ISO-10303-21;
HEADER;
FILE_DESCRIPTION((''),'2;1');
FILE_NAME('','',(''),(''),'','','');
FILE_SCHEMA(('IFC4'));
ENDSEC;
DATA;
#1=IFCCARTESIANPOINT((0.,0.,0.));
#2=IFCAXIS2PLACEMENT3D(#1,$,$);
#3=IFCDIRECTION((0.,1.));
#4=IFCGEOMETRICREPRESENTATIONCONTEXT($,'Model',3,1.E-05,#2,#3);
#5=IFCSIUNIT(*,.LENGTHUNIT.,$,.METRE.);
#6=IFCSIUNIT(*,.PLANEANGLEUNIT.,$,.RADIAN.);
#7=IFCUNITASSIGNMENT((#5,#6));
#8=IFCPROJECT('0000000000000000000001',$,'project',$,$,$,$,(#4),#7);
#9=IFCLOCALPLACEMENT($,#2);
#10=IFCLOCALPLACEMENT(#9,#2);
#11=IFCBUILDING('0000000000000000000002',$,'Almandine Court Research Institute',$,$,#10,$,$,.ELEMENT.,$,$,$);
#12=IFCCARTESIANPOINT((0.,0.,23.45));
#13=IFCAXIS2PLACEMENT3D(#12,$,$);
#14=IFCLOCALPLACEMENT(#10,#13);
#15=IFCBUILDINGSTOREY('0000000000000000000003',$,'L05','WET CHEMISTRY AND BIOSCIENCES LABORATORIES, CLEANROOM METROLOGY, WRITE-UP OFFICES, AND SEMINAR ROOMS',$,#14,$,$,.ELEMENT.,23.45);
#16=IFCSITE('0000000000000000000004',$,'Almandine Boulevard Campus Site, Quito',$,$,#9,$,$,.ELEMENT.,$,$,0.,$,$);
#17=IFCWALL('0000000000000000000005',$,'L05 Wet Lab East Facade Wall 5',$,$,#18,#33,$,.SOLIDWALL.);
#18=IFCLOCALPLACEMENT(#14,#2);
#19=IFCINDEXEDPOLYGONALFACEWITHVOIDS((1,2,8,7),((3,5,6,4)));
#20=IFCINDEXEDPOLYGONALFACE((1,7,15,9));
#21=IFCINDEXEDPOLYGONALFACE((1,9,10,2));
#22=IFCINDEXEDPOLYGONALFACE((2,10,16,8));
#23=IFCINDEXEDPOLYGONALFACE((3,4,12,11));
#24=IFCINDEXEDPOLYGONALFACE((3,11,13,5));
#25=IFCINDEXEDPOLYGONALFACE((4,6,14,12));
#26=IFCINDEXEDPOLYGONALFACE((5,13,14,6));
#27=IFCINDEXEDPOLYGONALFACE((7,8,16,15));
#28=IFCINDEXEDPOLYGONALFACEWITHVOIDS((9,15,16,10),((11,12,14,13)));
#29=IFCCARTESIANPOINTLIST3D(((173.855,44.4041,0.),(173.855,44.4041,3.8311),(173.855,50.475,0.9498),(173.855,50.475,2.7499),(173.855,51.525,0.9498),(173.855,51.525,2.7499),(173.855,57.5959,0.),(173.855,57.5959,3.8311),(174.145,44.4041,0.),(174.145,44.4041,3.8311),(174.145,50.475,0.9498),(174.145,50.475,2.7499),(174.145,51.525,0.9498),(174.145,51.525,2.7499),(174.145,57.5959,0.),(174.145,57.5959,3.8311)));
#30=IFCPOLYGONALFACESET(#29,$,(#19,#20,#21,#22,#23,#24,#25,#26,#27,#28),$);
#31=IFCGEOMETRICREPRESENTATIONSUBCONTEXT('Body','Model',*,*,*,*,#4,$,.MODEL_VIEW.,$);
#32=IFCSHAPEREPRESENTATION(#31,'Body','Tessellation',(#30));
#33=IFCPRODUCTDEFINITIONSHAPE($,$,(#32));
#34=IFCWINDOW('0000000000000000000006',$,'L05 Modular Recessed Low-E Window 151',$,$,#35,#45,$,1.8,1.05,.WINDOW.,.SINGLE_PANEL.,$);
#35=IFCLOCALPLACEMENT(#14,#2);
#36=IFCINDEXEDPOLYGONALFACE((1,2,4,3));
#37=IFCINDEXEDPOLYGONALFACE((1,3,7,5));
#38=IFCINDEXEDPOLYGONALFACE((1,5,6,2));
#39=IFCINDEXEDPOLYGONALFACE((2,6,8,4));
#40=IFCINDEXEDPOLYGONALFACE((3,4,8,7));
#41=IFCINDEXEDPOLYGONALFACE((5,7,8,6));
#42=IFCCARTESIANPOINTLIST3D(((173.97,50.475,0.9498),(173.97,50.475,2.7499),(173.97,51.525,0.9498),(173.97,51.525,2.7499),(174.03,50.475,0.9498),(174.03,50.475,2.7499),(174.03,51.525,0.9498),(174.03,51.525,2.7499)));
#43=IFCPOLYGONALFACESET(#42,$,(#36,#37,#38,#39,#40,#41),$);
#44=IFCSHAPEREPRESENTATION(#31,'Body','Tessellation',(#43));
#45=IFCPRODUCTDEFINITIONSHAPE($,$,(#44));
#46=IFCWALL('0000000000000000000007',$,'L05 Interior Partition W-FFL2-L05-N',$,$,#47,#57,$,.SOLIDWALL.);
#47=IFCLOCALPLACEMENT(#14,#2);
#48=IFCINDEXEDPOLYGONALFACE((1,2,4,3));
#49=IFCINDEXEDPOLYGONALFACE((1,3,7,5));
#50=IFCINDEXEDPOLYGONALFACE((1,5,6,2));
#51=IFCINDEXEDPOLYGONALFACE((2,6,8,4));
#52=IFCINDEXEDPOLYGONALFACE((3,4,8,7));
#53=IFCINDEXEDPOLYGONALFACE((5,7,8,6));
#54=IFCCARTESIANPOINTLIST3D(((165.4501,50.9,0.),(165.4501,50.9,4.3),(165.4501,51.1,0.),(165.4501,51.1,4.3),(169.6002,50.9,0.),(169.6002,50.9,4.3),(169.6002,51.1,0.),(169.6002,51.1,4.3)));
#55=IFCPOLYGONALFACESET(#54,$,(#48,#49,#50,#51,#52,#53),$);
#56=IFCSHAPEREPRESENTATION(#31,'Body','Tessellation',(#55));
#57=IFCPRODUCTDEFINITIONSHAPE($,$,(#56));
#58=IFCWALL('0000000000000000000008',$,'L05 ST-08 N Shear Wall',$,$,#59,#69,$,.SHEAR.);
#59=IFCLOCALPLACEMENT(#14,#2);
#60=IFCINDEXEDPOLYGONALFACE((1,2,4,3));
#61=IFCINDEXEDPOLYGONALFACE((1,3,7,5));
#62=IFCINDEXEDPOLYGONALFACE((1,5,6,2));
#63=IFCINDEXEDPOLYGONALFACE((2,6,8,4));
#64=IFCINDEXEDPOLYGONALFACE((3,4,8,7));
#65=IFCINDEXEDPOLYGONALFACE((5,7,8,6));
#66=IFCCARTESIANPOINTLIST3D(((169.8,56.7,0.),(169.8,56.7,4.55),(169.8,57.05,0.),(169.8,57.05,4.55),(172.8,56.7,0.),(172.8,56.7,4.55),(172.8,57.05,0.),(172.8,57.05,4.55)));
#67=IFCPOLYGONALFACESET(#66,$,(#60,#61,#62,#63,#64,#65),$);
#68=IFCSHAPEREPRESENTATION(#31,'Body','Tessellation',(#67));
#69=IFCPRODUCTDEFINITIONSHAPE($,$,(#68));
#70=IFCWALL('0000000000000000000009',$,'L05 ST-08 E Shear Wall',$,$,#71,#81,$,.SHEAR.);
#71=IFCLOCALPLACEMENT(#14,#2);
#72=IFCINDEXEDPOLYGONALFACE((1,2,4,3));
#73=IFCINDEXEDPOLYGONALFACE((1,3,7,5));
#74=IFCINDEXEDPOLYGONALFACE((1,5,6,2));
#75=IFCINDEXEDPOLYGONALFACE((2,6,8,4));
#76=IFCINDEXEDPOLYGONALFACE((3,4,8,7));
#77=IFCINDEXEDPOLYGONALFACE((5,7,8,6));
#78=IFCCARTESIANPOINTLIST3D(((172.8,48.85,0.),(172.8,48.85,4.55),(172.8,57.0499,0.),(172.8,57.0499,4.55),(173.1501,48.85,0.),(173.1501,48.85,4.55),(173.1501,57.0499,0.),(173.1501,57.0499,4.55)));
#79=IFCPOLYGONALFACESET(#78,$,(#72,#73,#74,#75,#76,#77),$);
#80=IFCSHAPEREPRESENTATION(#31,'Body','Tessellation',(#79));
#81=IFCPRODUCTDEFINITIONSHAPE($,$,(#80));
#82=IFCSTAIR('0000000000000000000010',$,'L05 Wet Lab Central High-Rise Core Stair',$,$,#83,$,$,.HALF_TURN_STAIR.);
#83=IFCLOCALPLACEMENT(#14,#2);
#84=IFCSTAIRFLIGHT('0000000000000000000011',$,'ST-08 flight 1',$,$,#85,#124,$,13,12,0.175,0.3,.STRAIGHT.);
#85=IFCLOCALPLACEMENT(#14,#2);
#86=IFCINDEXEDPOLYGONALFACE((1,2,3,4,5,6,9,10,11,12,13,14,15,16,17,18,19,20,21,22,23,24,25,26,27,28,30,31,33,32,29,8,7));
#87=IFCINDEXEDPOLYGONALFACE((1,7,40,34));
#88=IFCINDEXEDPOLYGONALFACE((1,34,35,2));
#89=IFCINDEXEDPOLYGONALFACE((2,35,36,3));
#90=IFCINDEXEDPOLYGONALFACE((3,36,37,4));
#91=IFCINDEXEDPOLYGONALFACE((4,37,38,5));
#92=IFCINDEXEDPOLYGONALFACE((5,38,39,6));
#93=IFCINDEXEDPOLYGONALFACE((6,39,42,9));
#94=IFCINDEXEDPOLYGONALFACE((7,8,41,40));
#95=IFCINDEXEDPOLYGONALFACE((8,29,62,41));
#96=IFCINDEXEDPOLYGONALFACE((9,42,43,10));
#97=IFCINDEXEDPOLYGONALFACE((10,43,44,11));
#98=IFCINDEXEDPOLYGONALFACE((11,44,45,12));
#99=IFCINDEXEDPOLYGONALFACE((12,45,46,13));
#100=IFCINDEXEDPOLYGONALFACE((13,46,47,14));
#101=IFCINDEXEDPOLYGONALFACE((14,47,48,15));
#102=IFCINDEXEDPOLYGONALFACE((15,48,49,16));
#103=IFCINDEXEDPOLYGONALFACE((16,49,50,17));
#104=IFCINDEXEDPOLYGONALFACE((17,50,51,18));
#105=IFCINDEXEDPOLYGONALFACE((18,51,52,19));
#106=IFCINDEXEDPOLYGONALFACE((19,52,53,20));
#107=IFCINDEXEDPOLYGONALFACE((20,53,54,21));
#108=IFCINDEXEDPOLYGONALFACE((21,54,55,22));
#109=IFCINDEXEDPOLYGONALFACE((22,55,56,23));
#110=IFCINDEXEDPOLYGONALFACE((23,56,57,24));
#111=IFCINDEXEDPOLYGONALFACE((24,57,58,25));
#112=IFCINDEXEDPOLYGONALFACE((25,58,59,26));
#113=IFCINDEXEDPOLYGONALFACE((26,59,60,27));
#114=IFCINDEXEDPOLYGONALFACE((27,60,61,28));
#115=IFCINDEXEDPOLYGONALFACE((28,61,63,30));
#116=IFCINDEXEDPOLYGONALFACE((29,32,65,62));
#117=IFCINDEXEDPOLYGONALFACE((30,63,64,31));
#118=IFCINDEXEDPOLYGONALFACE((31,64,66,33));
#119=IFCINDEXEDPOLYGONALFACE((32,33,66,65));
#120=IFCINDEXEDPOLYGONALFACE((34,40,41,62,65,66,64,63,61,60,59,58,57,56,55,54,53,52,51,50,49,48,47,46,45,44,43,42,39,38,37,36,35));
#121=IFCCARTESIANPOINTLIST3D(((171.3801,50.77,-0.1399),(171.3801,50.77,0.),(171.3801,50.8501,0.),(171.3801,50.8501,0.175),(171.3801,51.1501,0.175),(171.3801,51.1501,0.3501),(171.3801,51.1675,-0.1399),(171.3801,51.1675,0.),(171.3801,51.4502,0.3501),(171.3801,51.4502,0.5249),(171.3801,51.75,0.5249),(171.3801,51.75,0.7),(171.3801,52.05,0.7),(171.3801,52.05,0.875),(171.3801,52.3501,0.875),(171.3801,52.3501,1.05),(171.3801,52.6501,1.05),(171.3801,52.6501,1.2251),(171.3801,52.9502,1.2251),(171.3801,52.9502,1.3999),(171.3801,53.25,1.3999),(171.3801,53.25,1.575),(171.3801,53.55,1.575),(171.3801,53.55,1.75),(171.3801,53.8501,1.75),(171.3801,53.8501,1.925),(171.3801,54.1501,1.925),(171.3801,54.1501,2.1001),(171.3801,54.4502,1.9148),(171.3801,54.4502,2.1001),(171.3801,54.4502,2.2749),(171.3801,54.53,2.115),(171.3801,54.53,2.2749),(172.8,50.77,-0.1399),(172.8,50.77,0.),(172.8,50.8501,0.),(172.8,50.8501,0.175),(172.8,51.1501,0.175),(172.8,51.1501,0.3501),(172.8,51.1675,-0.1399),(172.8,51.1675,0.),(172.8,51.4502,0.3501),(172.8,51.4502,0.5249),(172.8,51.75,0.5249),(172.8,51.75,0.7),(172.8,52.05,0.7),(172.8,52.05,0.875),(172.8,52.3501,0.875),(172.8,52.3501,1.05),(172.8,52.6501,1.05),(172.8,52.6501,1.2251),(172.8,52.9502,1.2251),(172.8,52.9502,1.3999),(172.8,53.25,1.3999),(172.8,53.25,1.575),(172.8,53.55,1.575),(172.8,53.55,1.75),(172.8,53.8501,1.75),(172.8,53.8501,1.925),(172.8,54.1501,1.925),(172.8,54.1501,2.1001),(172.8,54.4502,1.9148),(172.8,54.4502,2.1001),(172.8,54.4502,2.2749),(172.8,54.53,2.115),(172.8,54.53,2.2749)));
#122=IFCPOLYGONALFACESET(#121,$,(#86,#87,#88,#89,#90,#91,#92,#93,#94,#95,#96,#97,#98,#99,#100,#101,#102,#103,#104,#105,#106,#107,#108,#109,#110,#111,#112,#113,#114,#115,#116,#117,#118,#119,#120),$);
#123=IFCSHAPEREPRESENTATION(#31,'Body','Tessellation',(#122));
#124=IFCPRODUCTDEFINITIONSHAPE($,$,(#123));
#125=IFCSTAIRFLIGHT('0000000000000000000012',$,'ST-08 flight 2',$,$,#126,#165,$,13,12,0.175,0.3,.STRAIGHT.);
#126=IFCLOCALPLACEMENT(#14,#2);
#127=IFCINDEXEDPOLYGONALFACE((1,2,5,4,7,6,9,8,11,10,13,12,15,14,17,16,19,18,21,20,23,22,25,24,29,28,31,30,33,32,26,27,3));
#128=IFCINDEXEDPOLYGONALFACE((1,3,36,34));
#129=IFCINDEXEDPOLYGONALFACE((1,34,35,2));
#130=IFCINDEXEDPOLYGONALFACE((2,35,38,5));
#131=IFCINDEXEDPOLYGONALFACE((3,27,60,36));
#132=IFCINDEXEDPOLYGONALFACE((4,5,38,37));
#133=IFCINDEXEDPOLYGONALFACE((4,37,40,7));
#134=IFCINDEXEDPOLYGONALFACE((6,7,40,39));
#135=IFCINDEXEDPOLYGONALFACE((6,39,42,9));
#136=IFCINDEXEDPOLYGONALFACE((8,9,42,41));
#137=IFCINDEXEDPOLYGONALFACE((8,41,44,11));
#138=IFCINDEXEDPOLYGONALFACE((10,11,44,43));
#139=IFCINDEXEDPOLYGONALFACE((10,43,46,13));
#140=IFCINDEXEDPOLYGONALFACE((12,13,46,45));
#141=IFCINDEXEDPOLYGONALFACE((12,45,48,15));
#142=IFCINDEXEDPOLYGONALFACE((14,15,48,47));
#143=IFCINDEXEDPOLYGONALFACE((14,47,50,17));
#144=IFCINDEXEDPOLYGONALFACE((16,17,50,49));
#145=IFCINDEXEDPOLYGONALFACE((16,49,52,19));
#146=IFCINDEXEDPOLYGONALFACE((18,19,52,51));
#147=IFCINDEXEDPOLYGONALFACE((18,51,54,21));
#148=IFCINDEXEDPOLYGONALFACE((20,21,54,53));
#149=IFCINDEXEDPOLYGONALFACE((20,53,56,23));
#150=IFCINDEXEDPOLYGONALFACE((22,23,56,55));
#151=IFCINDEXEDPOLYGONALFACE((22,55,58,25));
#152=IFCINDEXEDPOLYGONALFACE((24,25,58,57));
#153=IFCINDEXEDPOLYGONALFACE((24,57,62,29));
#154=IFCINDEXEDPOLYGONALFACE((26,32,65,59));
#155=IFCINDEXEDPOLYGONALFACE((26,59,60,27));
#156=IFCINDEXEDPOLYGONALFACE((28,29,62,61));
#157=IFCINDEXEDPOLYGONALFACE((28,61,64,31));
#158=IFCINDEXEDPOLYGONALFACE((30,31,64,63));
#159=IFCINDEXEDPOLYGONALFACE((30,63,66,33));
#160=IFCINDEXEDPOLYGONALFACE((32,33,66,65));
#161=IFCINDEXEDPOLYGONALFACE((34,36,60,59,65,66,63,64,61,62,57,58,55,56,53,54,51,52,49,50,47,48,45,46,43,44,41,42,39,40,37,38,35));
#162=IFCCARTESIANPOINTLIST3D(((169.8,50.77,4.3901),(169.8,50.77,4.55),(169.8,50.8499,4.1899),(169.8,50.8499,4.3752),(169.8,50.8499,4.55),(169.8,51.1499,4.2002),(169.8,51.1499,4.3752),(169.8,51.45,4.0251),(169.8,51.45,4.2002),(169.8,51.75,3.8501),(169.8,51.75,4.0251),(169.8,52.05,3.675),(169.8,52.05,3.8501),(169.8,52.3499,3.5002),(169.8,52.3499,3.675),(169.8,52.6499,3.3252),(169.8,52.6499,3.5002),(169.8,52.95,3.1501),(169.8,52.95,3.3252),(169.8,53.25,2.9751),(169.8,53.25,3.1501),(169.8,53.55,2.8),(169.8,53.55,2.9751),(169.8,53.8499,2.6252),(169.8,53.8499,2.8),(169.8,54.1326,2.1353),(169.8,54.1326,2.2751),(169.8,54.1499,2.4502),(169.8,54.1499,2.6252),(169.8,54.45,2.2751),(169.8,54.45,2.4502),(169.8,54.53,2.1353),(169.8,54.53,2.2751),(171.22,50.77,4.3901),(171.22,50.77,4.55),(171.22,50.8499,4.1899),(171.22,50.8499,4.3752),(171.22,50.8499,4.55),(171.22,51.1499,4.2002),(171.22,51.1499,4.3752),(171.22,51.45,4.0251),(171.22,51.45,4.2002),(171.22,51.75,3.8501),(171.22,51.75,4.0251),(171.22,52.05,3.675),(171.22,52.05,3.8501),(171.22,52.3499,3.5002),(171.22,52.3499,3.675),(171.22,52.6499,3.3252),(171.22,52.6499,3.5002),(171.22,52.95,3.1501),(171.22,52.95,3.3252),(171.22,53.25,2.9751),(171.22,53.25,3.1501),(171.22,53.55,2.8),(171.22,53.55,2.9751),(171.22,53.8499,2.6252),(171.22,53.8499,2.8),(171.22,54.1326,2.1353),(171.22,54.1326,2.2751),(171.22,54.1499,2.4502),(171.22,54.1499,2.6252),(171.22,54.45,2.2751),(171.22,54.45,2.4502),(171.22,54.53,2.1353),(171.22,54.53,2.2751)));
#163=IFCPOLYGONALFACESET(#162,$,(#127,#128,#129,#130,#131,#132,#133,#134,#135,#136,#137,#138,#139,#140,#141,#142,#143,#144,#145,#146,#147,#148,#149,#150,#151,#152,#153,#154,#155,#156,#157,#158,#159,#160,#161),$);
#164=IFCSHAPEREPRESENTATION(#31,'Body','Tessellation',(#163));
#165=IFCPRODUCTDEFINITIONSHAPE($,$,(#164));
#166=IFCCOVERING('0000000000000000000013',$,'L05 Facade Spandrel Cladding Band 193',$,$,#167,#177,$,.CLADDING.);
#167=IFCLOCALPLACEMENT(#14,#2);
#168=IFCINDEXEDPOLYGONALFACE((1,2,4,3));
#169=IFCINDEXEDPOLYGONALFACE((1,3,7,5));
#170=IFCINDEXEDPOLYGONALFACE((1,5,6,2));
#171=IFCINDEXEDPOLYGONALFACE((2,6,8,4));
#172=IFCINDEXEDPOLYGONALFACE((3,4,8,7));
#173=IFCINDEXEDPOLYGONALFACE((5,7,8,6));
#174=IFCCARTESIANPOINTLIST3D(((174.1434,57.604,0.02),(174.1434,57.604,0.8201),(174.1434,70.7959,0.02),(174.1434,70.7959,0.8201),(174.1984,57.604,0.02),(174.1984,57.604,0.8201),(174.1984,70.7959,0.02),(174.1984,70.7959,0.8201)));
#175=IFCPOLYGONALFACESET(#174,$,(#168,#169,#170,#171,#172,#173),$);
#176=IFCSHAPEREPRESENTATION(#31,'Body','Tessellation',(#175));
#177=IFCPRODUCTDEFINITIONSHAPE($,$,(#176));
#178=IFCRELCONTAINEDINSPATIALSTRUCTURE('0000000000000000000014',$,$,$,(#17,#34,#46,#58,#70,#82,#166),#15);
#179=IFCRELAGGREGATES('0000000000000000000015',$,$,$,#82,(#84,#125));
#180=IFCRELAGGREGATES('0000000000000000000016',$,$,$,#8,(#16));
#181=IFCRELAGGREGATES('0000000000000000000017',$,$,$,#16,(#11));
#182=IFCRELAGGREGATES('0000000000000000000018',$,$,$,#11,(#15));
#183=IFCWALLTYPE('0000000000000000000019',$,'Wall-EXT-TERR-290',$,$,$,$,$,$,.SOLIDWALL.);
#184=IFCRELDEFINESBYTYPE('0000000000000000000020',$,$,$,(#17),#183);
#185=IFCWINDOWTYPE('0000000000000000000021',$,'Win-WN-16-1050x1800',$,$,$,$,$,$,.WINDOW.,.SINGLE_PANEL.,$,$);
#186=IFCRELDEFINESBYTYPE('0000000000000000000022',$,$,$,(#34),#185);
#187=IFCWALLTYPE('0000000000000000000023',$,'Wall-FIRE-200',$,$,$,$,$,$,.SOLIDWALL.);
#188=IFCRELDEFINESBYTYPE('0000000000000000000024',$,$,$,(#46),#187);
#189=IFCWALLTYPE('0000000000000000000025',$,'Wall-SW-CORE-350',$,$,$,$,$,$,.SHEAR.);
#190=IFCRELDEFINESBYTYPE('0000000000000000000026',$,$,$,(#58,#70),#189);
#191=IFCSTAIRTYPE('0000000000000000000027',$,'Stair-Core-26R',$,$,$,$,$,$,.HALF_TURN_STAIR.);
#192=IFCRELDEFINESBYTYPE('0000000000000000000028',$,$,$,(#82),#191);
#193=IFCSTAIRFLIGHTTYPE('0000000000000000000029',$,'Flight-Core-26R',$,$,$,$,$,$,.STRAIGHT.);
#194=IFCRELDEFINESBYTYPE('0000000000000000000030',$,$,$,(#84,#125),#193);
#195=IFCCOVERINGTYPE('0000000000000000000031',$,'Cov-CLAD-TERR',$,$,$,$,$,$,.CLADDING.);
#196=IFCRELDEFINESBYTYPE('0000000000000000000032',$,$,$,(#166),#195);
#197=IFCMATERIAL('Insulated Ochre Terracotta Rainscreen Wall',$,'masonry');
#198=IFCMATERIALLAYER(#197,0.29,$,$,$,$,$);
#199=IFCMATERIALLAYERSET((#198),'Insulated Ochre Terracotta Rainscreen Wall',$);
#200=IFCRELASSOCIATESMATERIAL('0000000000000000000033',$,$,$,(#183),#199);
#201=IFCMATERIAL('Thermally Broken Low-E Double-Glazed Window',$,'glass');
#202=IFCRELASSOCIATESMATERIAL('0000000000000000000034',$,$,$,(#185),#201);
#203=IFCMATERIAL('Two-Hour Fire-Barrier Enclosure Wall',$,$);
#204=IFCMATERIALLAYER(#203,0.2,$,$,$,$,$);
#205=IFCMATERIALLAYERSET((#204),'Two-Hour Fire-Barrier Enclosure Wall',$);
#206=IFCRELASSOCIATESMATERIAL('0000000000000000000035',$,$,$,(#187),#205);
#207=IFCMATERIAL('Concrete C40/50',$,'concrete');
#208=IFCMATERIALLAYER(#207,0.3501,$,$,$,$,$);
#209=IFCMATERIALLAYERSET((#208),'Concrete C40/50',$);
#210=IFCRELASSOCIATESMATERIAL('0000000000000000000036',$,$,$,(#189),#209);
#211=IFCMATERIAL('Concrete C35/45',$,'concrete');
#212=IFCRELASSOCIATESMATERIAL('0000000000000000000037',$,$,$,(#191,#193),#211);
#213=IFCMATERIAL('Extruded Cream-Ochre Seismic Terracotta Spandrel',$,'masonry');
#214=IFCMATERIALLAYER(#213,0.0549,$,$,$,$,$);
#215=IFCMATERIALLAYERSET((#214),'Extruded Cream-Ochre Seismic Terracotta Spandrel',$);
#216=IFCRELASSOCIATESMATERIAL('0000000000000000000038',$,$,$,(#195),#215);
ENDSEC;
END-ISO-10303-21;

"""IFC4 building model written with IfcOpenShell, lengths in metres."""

from ifc_helpers import new_model, si_unit, direction, frame, frame_2d, origin, origin_2d, place, context, subcontext, project, spatial, polyline, rectangle, outline, extrude, material, layer, layer_set, type_object, element, fill, aggregate, save


model = new_model("IFC4")

# Units and contexts
model_context = context("Model", 3, precision=1e-05, world=origin(), true_north=direction((0.0, 1.0)))
body_context = subcontext(model_context, "Body", "Model", "MODEL_VIEW")
ifc_project = project(units=[si_unit("LENGTHUNIT", "METRE"), si_unit("PLANEANGLEUNIT", "RADIAN")], contexts=[model_context])

# Site, building, storey
site_placement = place(None, origin())
site = spatial("IfcSite", under=ifc_project, at=site_placement, Name="Almandine Boulevard Campus Site, Quito", CompositionType="ELEMENT", RefElevation=0.0)
building_placement = place(site_placement, origin())
building = spatial("IfcBuilding", under=site, at=building_placement, Name="Almandine Court Research Institute", CompositionType="ELEMENT")
storey_placement = place(building_placement, frame((0.0, 0.0, 23.45)))
storey = spatial("IfcBuildingStorey", under=building, at=storey_placement, Name="L05", Description="WET CHEMISTRY AND BIOSCIENCES LABORATORIES, CLEANROOM METROLOGY, WRITE-UP OFFICES, AND SEMINAR ROOMS", CompositionType="ELEMENT", Elevation=23.45)

# Wall, opening, window
ifc_material_1 = material(Name="Insulated Ochre Terracotta Rainscreen Wall", Category="masonry")
ifc_layer_1 = layer(ifc_material_1, 0.29)
ifc_layer_set_1 = layer_set([ifc_layer_1], Name="Insulated Ochre Terracotta Rainscreen Wall")
wall_type_1 = type_object("IfcWallType", Name="Wall-EXT-TERR-290", PredefinedType="SOLIDWALL", material=ifc_layer_set_1)
ifc_material_2 = material(Name="Thermally Broken Low-E Double-Glazed Window", Category="glass")
wall_1_placement = place(storey_placement, frame((174.0, 57.5959, 0.0), z_axis=(0.0, 0.0, 1.0), x_axis=(0.0, -1.0, 0.0)))
wall_1 = element("IfcWall", 1, at=wall_1_placement, inside=storey, type_object=wall_type_1, Name="L05 Wet Lab East Facade Wall 5", PredefinedType="SOLIDWALL", context=body_context, shape_type="SweptSolid", body=[
    extrude(rectangle(XDim=13.1919, YDim=0.29, at=frame_2d((6.5959, 0.0))), origin(), (0.0, 0.0, 1.0), 3.8311),
])
opening_1_placement = place(wall_1_placement, frame((6.071, 0.0, 0.95)))
opening_1 = element("IfcOpeningElement", 2, at=opening_1_placement, cuts=wall_1, PredefinedType="OPENING", context=body_context, shape_type="SweptSolid", body=[
    extrude(rectangle(XDim=1.05, YDim=1.8, at=frame_2d((0.5249, 0.8999))), frame((0.0, 0.155, 0.0), z_axis=(0.0, -1.0, 0.0), x_axis=(1.0, 0.0, 0.0)), (0.0, 0.0, 1.0), 0.3101),
])
window_type_1 = type_object("IfcWindowType", Name="Win-WN-16-1050x1800", PartitioningType="SINGLE_PANEL", PredefinedType="WINDOW", material=ifc_material_2)
window_1_placement = place(opening_1_placement, origin())
window_1 = element("IfcWindow", 3, at=window_1_placement, inside=storey, type_object=window_type_1, Name="L05 Modular Recessed Low-E Window 151", OverallHeight=1.8, OverallWidth=1.05, PartitioningType="SINGLE_PANEL", PredefinedType="WINDOW", context=body_context, shape_type="SweptSolid", body=[
    extrude(rectangle(XDim=1.05, YDim=1.8, at=frame_2d((0.5249, 0.8999))), frame((0.0, 0.03, 0.0), z_axis=(0.0, -1.0, 0.0), x_axis=(1.0, 0.0, 0.0)), (0.0, 0.0, 1.0), 0.0601),
])
fill(opening_1, window_1)

# Walls
ifc_material_3 = material(Name="Two-Hour Fire-Barrier Enclosure Wall")
ifc_layer_2 = layer(ifc_material_3, 0.2)
ifc_layer_set_2 = layer_set([ifc_layer_2], Name="Two-Hour Fire-Barrier Enclosure Wall")
wall_type_2 = type_object("IfcWallType", Name="Wall-FIRE-200", PredefinedType="SOLIDWALL", material=ifc_layer_set_2)
wall_2_placement = place(storey_placement, frame((165.45, 51.0, 0.0), z_axis=(0.0, 0.0, 1.0), x_axis=(1.0, 0.0, 0.0)))
element("IfcWall", 4, at=wall_2_placement, inside=storey, type_object=wall_type_2, Name="L05 Interior Partition W-FFL2-L05-N", PredefinedType="SOLIDWALL", context=body_context, shape_type="SweptSolid", body=[
    extrude(rectangle(XDim=4.1501, YDim=0.2, at=frame_2d((2.0752, 0.0))), origin(), (0.0, 0.0, 1.0), 4.3),
])
ifc_material_4 = material(Name="Concrete C40/50", Category="concrete")
ifc_layer_3 = layer(ifc_material_4, 0.3501)
ifc_layer_set_3 = layer_set([ifc_layer_3], Name="Concrete C40/50")
wall_type_3 = type_object("IfcWallType", Name="Wall-SW-CORE-350", PredefinedType="SHEAR", material=ifc_layer_set_3)
wall_3_placement = place(storey_placement, frame((169.8, 56.875, 0.0), z_axis=(0.0, 0.0, 1.0), x_axis=(1.0, 0.0, 0.0)))
element("IfcWall", 5, at=wall_3_placement, inside=storey, type_object=wall_type_3, Name="L05 ST-08 N Shear Wall", PredefinedType="SHEAR", context=body_context, shape_type="SweptSolid", body=[
    extrude(rectangle(XDim=3.0, YDim=0.3501, at=frame_2d((1.5, 0.0))), origin(), (0.0, 0.0, 1.0), 4.55),
])
wall_4_placement = place(storey_placement, frame((172.9751, 57.05, 0.0), z_axis=(0.0, 0.0, 1.0), x_axis=(0.0, -1.0, 0.0)))
element("IfcWall", 6, at=wall_4_placement, inside=storey, type_object=wall_type_3, Name="L05 ST-08 E Shear Wall", PredefinedType="SHEAR", context=body_context, shape_type="SweptSolid", body=[
    extrude(rectangle(XDim=8.2, YDim=0.3501, at=frame_2d((4.1001, 0.0))), origin(), (0.0, 0.0, 1.0), 4.55),
])

# Stair, stair flights
ifc_material_5 = material(Name="Concrete C35/45", Category="concrete")
stair_type = type_object("IfcStairType", Name="Stair-Core-26R", PredefinedType="HALF_TURN_STAIR", material=ifc_material_5)
stair_placement = place(storey_placement, origin())
stair = element("IfcStair", 7, at=stair_placement, inside=storey, type_object=stair_type, Name="L05 Wet Lab Central High-Rise Core Stair", PredefinedType="HALF_TURN_STAIR")
stair_flight_type = type_object("IfcStairFlightType", Name="Flight-Core-26R", PredefinedType="STRAIGHT", material=ifc_material_5)
stair_flight_1_placement = place(storey_placement, frame((172.0901, 50.8501, 0.0), z_axis=(0.0, 0.0, 1.0), x_axis=(0.0, 1.0, 0.0)))
stair_flight_1 = element("IfcStairFlight", 8, at=stair_flight_1_placement, type_object=stair_flight_type, Name="ST-08 flight 1", NumberOfRisers=13, NumberOfTreads=12, PredefinedType="STRAIGHT", RiserHeight=0.175, TreadLength=0.3, context=body_context, shape_type="SweptSolid", body=[
    extrude(outline(polyline([(-0.0801, -0.1399), (-0.0801, 0.0), (0.0, 0.0), (0.0, 0.175), (0.3, 0.175), (0.3, 0.3501), (0.6001, 0.3501), (0.6001, 0.5249), (0.8999, 0.5249), (0.8999, 0.7), (1.2, 0.7), (1.2, 0.875), (1.5, 0.875), (1.5, 1.05), (1.8, 1.05), (1.8, 1.2251), (2.1001, 1.2251), (2.1001, 1.3999), (2.3999, 1.3999), (2.3999, 1.575), (2.7, 1.575), (2.7, 1.75), (3.0, 1.75), (3.0, 1.925), (3.3, 1.925), (3.3, 2.1001), (3.6001, 2.1001), (3.6001, 2.2749), (3.6799, 2.2749), (3.6799, 2.115), (3.6001, 1.9148), (0.3174, 0.0), (0.3174, -0.1399), (-0.0801, -0.1399)])), frame((0.0, 0.71, 0.0), z_axis=(0.0, -1.0, 0.0), x_axis=(1.0, 0.0, 0.0)), (0.0, 0.0, 1.0), 1.4199),
])
stair_flight_2_placement = place(storey_placement, frame((170.51, 54.45, 2.2751), z_axis=(0.0, 0.0, 1.0), x_axis=(0.0, -1.0, 0.0)))
stair_flight_2 = element("IfcStairFlight", 9, at=stair_flight_2_placement, type_object=stair_flight_type, Name="ST-08 flight 2", NumberOfRisers=13, NumberOfTreads=12, PredefinedType="STRAIGHT", RiserHeight=0.175, TreadLength=0.3, context=body_context, shape_type="SweptSolid", body=[
    extrude(outline(polyline([(-0.0801, -0.1399), (-0.0801, 0.0), (0.0, 0.0), (0.0, 0.175), (0.3, 0.175), (0.3, 0.3501), (0.6001, 0.3501), (0.6001, 0.5249), (0.8999, 0.5249), (0.8999, 0.7), (1.2, 0.7), (1.2, 0.875), (1.5, 0.875), (1.5, 1.05), (1.8, 1.05), (1.8, 1.2251), (2.1001, 1.2251), (2.1001, 1.3999), (2.3999, 1.3999), (2.3999, 1.575), (2.7, 1.575), (2.7, 1.75), (3.0, 1.75), (3.0, 1.925), (3.3, 1.925), (3.3, 2.1001), (3.6001, 2.1001), (3.6001, 2.2749), (3.6799, 2.2749), (3.6799, 2.115), (3.6001, 1.9148), (0.3174, 0.0), (0.3174, -0.1399), (-0.0801, -0.1399)])), frame((0.0, 0.71, 0.0), z_axis=(0.0, -1.0, 0.0), x_axis=(1.0, 0.0, 0.0)), (0.0, 0.0, 1.0), 1.4199),
])
aggregate(stair, [stair_flight_1, stair_flight_2])

# Covering
ifc_material_6 = material(Name="Extruded Cream-Ochre Seismic Terracotta Spandrel", Category="masonry")
ifc_layer_4 = layer(ifc_material_6, 0.0549)
ifc_layer_set_4 = layer_set([ifc_layer_4], Name="Extruded Cream-Ochre Seismic Terracotta Spandrel")
covering_type = type_object("IfcCoveringType", Name="Cov-CLAD-TERR", PredefinedType="CLADDING", material=ifc_layer_set_4)
for number, where, z_axis, x_axis, name in (
    (10, (174.1709, 64.2, 0.02), (0.0, 0.0, 1.0), (0.0, -1.0, 0.0), "L05 Facade Spandrel Cladding Band 193"),
):
    element("IfcCovering", number, at=place(storey_placement, frame(where, z_axis=z_axis, x_axis=x_axis)), inside=storey, type_object=covering_type, Name=name, PredefinedType="CLADDING", context=body_context, shape_type="SweptSolid", body=[
        extrude(rectangle(XDim=13.1919, YDim=0.0549, at=origin_2d()), origin(), (0.0, 0.0, 1.0), 0.8),
    ])

save(model, "model.ifc")
